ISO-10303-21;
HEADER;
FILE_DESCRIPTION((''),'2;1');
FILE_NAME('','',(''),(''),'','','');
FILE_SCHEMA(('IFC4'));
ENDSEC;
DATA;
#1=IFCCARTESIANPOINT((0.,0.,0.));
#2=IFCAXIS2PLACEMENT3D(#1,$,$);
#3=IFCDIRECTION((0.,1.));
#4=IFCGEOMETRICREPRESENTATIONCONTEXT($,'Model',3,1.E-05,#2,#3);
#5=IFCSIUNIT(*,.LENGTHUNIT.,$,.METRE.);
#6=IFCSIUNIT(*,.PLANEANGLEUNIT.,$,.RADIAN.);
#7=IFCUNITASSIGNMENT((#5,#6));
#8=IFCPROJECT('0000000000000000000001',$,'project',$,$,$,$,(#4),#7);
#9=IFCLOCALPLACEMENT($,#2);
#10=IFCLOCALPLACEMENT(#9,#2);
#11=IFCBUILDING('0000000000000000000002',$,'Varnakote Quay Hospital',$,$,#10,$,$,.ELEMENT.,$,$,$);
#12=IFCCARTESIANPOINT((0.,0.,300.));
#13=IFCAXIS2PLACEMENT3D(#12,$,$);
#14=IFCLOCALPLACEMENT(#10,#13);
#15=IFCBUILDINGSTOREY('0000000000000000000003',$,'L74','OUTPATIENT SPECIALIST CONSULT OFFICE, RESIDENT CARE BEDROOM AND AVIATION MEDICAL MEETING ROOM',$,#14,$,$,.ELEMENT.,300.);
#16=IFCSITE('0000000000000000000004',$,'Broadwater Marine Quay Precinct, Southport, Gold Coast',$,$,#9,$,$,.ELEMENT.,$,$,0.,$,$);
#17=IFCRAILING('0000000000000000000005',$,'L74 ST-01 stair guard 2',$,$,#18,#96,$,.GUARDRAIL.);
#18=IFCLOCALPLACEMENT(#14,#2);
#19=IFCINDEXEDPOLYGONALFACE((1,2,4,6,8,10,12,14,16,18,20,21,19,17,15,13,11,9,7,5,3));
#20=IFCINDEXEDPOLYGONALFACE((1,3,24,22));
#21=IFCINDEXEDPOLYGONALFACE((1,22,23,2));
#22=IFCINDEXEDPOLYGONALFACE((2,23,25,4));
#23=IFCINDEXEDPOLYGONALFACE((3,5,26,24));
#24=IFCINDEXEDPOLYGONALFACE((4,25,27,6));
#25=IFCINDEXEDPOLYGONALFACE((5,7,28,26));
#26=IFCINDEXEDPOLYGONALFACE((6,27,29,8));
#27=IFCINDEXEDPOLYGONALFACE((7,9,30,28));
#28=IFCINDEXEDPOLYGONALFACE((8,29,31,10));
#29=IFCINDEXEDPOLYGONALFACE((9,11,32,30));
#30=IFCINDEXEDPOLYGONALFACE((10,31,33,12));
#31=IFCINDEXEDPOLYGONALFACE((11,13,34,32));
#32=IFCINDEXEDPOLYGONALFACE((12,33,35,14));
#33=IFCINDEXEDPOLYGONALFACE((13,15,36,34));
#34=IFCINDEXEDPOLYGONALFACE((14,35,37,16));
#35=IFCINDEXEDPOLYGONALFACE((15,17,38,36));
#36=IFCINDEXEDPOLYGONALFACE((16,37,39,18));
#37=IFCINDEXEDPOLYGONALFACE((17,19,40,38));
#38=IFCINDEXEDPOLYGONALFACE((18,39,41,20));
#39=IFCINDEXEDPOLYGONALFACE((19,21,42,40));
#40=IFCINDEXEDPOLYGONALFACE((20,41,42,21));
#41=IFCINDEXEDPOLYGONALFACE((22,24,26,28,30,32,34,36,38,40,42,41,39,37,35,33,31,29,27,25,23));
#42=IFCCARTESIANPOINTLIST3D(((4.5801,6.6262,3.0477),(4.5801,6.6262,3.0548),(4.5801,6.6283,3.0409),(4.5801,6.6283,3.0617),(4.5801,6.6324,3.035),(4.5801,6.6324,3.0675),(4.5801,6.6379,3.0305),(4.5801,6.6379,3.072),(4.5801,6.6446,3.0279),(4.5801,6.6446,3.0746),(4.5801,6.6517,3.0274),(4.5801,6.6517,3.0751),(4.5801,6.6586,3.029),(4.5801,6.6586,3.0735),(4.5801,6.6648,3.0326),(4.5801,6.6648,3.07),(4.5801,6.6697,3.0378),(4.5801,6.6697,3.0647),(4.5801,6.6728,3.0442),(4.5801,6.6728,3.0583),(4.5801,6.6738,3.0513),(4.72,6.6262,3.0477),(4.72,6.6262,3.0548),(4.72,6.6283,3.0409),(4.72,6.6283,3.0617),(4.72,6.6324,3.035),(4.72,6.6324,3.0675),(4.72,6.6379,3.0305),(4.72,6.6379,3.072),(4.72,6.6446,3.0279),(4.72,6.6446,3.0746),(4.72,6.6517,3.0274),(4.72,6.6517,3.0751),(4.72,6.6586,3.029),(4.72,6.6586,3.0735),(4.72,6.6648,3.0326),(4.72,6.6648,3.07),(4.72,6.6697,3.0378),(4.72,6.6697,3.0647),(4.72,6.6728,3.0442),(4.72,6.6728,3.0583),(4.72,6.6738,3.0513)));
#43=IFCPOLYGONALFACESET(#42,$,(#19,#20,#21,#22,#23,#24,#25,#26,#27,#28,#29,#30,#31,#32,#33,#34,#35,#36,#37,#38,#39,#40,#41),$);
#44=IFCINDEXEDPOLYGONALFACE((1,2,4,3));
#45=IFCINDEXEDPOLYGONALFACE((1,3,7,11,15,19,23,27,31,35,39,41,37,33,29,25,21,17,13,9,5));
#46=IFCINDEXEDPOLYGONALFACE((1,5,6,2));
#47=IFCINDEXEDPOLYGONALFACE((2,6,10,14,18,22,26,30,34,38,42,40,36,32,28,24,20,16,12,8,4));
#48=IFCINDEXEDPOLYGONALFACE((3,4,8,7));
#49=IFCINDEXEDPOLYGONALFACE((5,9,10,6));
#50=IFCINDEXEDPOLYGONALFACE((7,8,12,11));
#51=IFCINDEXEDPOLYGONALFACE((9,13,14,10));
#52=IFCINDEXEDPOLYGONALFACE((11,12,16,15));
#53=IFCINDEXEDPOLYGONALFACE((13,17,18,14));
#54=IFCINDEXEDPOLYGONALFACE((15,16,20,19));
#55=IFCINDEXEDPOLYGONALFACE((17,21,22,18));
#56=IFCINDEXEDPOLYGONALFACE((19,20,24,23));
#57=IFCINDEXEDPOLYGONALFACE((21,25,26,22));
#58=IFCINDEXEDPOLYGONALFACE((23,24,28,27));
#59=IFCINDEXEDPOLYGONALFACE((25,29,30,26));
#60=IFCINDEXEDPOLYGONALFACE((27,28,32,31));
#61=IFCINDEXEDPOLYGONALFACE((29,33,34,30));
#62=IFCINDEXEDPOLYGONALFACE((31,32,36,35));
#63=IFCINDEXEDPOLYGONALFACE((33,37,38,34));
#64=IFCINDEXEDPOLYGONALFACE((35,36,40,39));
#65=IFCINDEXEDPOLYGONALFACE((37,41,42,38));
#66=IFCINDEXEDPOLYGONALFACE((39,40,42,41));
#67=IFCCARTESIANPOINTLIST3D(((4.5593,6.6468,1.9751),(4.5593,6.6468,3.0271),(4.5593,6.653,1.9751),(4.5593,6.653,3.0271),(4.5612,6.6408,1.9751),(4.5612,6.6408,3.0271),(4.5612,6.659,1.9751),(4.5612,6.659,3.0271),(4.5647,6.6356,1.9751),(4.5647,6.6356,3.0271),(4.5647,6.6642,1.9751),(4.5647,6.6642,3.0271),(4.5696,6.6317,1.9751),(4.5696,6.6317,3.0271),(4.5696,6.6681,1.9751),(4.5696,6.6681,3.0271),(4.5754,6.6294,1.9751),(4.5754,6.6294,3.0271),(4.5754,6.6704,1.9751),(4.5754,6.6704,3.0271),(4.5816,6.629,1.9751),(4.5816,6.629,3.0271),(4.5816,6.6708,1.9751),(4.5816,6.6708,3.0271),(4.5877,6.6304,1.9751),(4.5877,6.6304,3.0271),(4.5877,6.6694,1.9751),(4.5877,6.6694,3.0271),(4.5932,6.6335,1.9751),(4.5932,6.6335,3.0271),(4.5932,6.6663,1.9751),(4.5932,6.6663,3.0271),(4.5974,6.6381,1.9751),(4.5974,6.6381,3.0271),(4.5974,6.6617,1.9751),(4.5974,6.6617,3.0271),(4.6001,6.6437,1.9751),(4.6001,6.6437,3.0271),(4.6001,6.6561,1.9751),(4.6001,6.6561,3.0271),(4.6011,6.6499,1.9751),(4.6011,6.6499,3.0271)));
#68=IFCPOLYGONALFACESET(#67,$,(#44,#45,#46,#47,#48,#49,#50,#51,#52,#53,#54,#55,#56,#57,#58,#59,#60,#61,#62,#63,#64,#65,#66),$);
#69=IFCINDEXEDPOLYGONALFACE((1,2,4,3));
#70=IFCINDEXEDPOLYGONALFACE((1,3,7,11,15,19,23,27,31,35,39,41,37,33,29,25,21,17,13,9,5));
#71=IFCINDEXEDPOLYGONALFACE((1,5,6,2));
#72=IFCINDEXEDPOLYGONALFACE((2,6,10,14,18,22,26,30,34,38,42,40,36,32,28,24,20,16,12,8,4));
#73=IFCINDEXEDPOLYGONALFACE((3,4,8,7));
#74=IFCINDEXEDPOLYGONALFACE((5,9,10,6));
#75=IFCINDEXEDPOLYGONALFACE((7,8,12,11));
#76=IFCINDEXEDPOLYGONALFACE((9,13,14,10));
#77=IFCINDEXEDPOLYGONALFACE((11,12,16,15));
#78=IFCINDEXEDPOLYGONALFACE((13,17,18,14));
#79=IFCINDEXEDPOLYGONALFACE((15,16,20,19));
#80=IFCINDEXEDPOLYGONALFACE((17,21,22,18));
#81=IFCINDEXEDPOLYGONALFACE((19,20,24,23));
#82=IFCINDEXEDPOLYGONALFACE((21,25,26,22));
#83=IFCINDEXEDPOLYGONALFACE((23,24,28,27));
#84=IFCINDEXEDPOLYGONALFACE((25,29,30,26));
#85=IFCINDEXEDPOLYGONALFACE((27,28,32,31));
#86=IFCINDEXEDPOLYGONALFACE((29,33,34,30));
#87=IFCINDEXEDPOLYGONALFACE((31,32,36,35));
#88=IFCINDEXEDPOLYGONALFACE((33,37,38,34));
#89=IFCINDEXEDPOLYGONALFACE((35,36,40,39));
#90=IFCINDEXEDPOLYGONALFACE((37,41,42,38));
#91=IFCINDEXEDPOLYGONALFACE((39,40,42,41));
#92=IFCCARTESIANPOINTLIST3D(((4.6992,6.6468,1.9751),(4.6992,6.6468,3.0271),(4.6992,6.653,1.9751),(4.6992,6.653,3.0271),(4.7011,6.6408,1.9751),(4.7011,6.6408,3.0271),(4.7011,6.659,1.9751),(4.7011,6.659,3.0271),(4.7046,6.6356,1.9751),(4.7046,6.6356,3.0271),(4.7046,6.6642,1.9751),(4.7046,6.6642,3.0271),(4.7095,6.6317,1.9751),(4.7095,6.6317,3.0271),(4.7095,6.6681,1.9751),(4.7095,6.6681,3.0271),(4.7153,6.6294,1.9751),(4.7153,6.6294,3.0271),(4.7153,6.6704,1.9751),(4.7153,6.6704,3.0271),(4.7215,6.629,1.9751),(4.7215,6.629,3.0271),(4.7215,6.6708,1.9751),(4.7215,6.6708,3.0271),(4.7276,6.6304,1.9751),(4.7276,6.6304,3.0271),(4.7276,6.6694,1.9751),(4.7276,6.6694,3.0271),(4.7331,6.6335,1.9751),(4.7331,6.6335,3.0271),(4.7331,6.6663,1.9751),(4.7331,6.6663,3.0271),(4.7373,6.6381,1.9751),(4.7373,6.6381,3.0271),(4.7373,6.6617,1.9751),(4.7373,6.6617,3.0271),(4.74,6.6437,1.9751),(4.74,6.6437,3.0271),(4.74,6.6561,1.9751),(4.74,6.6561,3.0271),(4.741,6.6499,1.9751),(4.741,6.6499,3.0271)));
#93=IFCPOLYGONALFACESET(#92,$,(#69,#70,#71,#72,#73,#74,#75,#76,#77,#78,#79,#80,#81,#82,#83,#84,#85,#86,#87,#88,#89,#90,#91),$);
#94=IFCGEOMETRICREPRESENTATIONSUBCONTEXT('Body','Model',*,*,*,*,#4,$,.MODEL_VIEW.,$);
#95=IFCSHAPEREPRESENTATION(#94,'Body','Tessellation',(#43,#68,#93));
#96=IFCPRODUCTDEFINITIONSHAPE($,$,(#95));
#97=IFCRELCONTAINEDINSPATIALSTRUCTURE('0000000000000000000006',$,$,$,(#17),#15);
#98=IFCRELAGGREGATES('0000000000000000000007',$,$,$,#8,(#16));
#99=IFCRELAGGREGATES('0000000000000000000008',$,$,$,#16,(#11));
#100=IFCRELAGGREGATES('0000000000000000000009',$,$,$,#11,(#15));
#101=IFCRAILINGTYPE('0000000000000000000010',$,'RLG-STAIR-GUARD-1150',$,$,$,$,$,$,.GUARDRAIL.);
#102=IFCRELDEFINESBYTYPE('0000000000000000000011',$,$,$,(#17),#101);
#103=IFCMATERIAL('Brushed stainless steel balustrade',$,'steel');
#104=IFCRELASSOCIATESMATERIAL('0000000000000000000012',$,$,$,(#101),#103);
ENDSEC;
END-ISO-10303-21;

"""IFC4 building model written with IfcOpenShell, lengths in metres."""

from ifc_helpers import new_model, si_unit, direction, frame, origin, origin_2d, place, context, subcontext, project, spatial, circle, extrude, material, type_object, element, save


model = new_model("IFC4")

# Units and contexts
model_context = context("Model", 3, precision=1e-05, world=origin(), true_north=direction((0.0, 1.0)))
body_context = subcontext(model_context, "Body", "Model", "MODEL_VIEW")
ifc_project = project(units=[si_unit("LENGTHUNIT", "METRE"), si_unit("PLANEANGLEUNIT", "RADIAN")], contexts=[model_context])

# Site, building, storey
site_placement = place(None, origin())
site = spatial("IfcSite", under=ifc_project, at=site_placement, Name="Broadwater Marine Quay Precinct, Southport, Gold Coast", CompositionType="ELEMENT", RefElevation=0.0)
building_placement = place(site_placement, origin())
building = spatial("IfcBuilding", under=site, at=building_placement, Name="Varnakote Quay Hospital", CompositionType="ELEMENT")
storey_placement = place(building_placement, frame((0.0, 0.0, 300.0)))
storey = spatial("IfcBuildingStorey", under=building, at=storey_placement, Name="L74", Description="OUTPATIENT SPECIALIST CONSULT OFFICE, RESIDENT CARE BEDROOM AND AVIATION MEDICAL MEETING ROOM", CompositionType="ELEMENT", Elevation=300.0)

# Railing
ifc_material_1 = material(Name="Brushed stainless steel balustrade", Category="steel")
railing_type_1 = type_object("IfcRailingType", Name="RLG-STAIR-GUARD-1150", PredefinedType="GUARDRAIL", material=ifc_material_1)
railing_1_placement = place(storey_placement, frame((4.5801, 6.6499, 1.9751)))
element("IfcRailing", 1, at=railing_1_placement, inside=storey, type_object=railing_type_1, Name="L74 ST-01 stair guard 2", PredefinedType="GUARDRAIL", context=body_context, shape_type="SweptSolid", body=[
    extrude(circle(Radius=0.0239, at=origin_2d()), frame((0.0, 0.0, 1.0762), z_axis=(1.0, 0.0, 0.0), x_axis=(0.0, 1.0, 0.0)), (0.0, 0.0, 1.0), 0.1399),
    extrude(circle(Radius=0.021, at=origin_2d()), origin(), (0.0, 0.0, 1.0), 1.052),
    extrude(circle(Radius=0.021, at=origin_2d()), frame((0.1399, 0.0, 0.0)), (0.0, 0.0, 1.0), 1.052),
])

save(model, "model.ifc")
